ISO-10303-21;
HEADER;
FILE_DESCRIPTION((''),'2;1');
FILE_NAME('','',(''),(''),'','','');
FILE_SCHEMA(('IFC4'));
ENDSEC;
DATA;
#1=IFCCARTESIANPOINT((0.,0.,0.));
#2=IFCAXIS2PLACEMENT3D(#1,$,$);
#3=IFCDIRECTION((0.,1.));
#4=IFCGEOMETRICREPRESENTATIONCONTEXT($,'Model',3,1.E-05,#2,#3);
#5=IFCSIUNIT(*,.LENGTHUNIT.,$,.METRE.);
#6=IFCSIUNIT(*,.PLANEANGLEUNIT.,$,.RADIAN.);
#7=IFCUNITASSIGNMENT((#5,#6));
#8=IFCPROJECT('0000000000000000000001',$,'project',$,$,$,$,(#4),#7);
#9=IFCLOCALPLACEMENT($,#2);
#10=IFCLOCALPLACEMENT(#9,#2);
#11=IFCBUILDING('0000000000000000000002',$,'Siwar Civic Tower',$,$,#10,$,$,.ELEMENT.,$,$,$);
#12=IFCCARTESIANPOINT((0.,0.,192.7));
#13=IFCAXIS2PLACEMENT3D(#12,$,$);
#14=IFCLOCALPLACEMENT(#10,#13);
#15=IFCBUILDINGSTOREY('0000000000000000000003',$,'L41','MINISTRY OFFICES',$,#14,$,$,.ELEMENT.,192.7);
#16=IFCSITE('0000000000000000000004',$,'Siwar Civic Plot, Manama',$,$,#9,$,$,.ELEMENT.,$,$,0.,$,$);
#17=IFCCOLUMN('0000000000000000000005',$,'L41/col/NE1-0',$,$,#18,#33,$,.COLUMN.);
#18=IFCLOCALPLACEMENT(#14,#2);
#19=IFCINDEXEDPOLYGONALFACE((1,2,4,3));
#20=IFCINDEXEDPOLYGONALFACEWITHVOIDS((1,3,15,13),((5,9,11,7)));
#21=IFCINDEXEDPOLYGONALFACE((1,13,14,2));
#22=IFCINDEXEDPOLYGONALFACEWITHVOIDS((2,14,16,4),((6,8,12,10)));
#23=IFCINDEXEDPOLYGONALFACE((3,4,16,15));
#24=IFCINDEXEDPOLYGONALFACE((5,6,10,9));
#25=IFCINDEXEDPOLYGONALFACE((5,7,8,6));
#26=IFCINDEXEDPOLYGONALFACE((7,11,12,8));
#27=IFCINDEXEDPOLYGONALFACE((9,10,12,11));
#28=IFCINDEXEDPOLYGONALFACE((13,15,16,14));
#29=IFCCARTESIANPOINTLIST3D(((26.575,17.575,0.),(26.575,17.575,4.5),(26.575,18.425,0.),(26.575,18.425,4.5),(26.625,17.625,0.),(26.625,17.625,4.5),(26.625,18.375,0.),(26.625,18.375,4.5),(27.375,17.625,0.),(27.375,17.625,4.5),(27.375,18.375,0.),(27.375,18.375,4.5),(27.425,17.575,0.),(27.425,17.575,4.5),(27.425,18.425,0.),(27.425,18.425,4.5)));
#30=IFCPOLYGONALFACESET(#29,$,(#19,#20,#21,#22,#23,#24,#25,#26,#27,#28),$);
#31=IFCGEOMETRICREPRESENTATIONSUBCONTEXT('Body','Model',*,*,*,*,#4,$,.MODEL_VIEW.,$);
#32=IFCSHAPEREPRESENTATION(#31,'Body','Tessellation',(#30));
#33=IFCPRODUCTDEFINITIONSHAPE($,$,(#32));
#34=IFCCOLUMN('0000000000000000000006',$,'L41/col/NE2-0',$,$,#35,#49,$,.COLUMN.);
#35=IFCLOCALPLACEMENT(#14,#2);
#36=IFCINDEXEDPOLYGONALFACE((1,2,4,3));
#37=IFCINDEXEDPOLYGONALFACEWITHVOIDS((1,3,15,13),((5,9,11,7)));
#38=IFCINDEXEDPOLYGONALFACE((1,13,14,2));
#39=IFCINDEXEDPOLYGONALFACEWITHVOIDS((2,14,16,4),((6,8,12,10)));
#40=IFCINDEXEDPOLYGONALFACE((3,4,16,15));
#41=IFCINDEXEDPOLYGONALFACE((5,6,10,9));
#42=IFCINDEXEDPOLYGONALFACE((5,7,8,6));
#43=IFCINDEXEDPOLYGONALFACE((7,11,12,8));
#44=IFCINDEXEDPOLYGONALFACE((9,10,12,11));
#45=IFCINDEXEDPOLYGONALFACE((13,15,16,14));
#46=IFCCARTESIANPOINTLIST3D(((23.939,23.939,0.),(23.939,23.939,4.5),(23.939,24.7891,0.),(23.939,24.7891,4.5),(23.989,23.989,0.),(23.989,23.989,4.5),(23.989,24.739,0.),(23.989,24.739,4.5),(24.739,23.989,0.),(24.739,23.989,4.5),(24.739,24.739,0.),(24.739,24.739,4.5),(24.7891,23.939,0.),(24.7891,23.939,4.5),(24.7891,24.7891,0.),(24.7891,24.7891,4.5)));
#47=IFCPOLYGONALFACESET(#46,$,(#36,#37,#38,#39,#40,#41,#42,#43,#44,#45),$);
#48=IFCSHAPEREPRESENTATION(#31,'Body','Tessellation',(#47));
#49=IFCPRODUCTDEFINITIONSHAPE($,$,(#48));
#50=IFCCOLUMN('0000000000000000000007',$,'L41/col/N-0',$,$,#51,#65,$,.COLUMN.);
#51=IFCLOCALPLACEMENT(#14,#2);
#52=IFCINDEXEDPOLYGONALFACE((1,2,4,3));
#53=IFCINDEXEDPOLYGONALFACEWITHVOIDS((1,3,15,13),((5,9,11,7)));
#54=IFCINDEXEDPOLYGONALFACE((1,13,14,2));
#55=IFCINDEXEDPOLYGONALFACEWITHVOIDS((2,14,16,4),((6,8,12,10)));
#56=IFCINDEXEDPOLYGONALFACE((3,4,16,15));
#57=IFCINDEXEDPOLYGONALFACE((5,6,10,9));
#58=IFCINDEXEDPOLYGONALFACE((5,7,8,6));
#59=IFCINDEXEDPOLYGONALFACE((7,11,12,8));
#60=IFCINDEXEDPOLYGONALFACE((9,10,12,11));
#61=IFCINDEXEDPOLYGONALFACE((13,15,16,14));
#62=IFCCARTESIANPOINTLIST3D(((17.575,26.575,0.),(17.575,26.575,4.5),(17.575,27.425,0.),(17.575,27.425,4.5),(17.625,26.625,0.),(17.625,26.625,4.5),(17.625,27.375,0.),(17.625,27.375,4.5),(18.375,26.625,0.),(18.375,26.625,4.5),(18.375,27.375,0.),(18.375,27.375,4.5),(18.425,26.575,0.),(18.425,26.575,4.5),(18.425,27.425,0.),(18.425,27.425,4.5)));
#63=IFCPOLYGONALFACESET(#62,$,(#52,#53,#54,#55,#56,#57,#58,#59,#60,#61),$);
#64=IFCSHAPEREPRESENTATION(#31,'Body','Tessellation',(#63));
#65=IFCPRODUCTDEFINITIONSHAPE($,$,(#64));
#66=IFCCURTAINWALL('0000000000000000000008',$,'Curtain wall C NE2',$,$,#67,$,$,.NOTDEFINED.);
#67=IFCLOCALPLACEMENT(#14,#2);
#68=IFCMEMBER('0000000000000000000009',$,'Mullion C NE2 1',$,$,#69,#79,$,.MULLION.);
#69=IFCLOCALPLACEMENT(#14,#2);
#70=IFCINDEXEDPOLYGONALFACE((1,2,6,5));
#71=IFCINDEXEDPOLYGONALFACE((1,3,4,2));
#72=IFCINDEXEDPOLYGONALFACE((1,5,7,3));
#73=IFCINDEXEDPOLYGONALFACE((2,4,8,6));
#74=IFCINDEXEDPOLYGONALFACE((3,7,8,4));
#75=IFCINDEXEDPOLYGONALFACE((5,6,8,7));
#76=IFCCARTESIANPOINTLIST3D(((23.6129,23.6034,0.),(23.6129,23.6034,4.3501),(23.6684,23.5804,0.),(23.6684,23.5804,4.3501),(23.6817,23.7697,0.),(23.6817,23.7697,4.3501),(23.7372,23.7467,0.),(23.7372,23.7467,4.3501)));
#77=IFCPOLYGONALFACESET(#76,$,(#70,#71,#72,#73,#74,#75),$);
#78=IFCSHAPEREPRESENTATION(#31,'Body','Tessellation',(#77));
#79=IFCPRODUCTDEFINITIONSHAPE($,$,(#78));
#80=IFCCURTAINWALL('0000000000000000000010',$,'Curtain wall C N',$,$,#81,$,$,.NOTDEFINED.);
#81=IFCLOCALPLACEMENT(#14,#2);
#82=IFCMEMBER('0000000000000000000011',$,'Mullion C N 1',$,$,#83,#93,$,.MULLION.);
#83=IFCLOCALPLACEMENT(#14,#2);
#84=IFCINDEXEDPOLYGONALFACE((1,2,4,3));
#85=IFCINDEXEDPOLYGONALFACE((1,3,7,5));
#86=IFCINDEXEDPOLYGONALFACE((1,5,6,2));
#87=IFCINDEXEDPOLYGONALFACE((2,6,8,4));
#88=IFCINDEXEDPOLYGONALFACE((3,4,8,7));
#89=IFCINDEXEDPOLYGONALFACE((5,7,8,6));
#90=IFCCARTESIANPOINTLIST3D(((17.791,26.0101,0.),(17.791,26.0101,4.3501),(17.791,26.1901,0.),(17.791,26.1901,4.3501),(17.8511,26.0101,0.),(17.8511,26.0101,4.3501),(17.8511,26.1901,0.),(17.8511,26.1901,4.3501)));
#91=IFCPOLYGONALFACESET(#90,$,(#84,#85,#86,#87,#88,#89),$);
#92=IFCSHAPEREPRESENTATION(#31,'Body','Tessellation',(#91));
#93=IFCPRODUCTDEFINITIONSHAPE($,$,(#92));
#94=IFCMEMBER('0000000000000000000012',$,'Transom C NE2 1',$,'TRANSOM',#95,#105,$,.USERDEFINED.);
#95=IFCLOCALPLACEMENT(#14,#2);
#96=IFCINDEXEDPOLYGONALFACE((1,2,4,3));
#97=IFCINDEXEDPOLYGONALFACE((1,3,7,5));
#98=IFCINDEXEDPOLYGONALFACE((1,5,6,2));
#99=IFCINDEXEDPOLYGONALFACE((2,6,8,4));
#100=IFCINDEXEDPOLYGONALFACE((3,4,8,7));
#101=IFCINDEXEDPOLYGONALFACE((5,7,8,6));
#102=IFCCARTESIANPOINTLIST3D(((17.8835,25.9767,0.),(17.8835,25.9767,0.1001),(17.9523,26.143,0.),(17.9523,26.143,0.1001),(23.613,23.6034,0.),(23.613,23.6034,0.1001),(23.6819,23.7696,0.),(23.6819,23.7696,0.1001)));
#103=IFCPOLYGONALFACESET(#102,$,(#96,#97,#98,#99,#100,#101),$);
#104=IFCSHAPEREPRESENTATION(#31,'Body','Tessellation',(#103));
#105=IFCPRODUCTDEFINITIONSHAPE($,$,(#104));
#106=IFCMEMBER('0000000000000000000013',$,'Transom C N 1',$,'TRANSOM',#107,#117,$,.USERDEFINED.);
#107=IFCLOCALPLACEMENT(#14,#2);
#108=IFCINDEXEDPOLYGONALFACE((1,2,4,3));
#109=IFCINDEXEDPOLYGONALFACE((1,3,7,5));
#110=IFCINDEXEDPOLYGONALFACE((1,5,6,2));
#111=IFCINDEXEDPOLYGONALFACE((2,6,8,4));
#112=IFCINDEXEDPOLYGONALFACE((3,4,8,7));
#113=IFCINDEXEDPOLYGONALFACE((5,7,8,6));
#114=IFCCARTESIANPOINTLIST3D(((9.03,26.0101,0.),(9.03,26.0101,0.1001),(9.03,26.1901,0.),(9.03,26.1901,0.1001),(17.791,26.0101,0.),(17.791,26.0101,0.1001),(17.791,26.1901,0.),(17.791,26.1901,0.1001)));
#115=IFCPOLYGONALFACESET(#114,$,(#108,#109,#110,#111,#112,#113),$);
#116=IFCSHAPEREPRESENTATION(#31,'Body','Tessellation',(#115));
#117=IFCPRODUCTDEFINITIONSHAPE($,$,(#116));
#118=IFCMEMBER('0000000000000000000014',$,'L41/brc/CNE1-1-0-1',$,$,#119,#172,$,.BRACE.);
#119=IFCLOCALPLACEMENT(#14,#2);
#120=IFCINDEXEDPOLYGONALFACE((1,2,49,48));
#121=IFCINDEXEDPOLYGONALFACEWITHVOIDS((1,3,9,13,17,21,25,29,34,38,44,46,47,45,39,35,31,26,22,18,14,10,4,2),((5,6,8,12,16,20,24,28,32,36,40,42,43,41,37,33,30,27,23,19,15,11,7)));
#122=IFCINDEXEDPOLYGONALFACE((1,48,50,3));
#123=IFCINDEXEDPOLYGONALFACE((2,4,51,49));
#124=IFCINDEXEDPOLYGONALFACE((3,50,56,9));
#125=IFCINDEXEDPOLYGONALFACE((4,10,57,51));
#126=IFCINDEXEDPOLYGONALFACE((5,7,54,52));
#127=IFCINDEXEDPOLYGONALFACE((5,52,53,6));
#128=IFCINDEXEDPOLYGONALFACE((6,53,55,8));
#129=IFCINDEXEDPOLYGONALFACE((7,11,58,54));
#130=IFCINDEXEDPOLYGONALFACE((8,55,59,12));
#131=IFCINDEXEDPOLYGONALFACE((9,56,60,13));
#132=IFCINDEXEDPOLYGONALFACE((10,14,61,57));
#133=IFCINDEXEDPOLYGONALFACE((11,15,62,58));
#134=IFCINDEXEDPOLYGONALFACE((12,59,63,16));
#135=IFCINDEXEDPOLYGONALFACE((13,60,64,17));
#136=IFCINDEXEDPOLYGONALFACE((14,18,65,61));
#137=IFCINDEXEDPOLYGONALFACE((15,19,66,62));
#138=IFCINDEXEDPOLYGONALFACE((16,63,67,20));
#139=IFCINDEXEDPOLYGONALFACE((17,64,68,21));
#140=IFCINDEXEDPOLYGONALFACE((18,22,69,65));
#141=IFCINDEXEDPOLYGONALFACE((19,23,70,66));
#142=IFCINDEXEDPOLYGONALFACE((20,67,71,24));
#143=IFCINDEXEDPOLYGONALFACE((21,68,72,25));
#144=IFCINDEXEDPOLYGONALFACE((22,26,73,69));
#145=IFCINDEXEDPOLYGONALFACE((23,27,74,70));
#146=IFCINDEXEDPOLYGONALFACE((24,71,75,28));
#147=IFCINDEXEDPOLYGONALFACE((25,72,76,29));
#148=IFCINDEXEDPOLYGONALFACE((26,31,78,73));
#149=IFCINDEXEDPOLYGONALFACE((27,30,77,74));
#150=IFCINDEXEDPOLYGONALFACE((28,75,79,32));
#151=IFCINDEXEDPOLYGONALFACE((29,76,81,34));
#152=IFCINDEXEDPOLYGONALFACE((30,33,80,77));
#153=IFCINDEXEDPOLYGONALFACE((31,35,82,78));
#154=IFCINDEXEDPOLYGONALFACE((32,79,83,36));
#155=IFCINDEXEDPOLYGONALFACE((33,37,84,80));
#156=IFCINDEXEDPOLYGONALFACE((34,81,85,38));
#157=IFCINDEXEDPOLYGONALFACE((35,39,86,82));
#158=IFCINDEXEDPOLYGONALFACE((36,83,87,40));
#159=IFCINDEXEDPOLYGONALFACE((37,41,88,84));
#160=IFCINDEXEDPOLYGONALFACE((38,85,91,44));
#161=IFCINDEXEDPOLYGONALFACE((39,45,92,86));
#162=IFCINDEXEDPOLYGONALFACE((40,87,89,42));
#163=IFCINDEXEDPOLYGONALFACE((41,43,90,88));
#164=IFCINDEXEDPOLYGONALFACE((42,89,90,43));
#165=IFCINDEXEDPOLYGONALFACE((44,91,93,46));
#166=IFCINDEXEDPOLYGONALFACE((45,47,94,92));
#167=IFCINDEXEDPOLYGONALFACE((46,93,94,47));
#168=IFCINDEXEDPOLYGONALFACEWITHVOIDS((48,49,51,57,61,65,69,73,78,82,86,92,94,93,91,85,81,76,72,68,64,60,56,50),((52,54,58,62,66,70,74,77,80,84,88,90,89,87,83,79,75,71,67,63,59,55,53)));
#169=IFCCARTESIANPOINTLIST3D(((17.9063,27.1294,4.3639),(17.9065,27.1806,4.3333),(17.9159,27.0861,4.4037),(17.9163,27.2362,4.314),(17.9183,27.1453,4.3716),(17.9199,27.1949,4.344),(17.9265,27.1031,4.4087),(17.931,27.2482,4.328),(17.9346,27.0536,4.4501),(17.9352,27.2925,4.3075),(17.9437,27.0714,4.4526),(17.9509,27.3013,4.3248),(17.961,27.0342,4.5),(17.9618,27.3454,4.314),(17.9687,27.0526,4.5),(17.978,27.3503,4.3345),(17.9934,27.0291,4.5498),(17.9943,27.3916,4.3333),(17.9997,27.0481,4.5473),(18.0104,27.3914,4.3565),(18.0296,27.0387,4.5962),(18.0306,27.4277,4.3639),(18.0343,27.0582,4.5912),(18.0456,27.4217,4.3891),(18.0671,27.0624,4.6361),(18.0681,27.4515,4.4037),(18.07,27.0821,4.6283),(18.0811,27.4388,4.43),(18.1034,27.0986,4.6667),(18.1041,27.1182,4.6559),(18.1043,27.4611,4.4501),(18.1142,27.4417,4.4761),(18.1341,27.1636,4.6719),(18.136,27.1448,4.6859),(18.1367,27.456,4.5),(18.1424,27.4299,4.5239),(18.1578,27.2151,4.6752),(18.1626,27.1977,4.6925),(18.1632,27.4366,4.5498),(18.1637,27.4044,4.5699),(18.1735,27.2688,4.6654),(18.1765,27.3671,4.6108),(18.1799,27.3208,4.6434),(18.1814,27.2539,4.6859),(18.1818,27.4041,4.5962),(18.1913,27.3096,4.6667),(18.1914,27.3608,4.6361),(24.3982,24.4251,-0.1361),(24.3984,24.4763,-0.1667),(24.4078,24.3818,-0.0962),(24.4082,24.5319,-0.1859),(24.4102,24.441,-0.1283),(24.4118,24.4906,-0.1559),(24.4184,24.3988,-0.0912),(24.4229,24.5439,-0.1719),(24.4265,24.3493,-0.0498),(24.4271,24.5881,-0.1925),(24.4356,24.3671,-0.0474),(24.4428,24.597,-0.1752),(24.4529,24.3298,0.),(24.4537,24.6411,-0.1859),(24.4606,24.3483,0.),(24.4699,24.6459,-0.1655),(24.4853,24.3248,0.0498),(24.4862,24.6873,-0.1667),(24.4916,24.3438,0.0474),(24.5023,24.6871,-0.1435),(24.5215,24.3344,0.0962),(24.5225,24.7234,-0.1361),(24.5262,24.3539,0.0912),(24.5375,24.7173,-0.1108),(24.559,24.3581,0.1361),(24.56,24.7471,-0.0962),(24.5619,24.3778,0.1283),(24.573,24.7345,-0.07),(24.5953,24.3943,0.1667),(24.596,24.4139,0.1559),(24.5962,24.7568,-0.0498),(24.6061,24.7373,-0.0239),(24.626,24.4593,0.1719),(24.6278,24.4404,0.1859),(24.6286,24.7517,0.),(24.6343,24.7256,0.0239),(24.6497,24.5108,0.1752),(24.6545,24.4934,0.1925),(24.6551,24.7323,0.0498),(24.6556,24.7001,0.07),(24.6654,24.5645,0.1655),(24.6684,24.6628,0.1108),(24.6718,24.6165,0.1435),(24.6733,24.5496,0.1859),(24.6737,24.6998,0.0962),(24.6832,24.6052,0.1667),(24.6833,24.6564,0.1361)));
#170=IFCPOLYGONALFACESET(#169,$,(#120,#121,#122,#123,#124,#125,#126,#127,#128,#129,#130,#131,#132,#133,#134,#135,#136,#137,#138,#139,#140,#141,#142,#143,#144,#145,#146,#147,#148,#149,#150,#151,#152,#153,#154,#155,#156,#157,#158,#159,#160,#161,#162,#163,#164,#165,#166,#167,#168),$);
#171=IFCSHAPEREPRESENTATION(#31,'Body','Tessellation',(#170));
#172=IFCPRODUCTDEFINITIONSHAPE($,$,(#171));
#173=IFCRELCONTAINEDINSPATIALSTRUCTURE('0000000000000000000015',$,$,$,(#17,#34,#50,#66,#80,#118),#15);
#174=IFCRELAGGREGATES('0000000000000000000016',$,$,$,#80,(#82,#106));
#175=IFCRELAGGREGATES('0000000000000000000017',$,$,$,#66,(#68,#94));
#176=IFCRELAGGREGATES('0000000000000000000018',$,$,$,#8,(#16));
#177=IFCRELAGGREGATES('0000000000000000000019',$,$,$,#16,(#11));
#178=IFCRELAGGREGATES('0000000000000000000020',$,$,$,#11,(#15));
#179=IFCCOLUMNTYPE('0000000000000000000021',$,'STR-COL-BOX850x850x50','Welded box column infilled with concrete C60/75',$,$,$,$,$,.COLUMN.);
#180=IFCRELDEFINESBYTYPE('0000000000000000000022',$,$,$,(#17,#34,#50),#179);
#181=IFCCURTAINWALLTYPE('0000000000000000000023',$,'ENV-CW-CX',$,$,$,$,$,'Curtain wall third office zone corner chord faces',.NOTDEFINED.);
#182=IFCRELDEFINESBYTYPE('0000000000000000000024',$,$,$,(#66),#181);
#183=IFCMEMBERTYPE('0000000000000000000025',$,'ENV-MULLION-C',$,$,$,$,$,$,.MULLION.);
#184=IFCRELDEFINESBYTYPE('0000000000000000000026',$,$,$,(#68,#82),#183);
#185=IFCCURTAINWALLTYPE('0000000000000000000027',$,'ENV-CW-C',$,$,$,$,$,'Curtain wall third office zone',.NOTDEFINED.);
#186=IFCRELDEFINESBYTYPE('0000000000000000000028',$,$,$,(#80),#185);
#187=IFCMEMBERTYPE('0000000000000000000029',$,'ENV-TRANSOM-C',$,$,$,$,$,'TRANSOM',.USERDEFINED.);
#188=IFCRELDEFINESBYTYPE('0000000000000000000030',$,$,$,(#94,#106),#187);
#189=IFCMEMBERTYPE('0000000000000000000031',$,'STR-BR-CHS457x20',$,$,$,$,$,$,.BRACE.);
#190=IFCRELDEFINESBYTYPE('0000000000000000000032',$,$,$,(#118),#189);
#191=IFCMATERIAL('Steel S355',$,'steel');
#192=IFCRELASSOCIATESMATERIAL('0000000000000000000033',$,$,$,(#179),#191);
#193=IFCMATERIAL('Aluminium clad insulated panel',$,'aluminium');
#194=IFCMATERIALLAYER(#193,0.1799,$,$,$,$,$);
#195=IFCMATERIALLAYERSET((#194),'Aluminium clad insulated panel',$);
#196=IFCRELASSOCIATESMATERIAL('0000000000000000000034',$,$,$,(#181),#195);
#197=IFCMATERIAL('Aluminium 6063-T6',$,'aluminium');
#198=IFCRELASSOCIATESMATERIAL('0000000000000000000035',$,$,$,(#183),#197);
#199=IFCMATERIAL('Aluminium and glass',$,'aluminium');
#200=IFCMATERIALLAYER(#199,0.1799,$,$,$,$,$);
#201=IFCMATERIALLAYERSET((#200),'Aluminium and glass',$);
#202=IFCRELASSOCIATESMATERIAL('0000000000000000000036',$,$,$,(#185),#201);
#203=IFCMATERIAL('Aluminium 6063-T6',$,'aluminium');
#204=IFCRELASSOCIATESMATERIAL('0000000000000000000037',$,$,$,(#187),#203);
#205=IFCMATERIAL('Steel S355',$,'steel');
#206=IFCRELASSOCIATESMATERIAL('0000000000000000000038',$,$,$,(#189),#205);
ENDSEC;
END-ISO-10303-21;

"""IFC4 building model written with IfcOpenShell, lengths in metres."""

from ifc_helpers import new_model, si_unit, direction, frame, origin, origin_2d, place, context, subcontext, project, spatial, rectangle, hollow_rectangle, hollow_circle, extrude, material, layer, layer_set, material_profile, profile_set, type_object, element, aggregate, save


model = new_model("IFC4")

# Units and contexts
model_context = context("Model", 3, precision=1e-05, world=origin(), true_north=direction((0.0, 1.0)))
body_context = subcontext(model_context, "Body", "Model", "MODEL_VIEW")
ifc_project = project(units=[si_unit("LENGTHUNIT", "METRE"), si_unit("PLANEANGLEUNIT", "RADIAN")], contexts=[model_context])

# Site, building, storey
site_placement = place(None, origin())
site = spatial("IfcSite", under=ifc_project, at=site_placement, Name="Siwar Civic Plot, Manama", CompositionType="ELEMENT", RefElevation=0.0)
building_placement = place(site_placement, origin())
building = spatial("IfcBuilding", under=site, at=building_placement, Name="Siwar Civic Tower", CompositionType="ELEMENT")
storey_placement = place(building_placement, frame((0.0, 0.0, 192.7)))
storey = spatial("IfcBuildingStorey", under=building, at=storey_placement, Name="L41", Description="MINISTRY OFFICES", CompositionType="ELEMENT", Elevation=192.7)

# Columns
ifc_material_1 = material(Name="Steel S355", Category="steel")
ifc_material_profile_1 = material_profile(ifc_material_1, hollow_rectangle(XDim=0.8501, YDim=0.8501, WallThickness=0.05, at=origin_2d()), Name="BOX850x850x50")
ifc_profile_set_1 = profile_set([ifc_material_profile_1], Name="Steel S355")
column_type = type_object("IfcColumnType", Name="STR-COL-BOX850x850x50", Description="Welded box column infilled with concrete C60/75", PredefinedType="COLUMN", material=ifc_profile_set_1)
for number, where, z_axis, x_axis, name in (
    (1, (27.0, 18.0, 0.0), (0.0, 0.0, 1.0), (1.0, 0.0, 0.0), "L41/col/NE1-0"),
    (2, (24.364, 24.364, 0.0), (0.0, 0.0, 1.0), (1.0, 0.0, 0.0), "L41/col/NE2-0"),
    (3, (18.0, 27.0, 0.0), (0.0, 0.0, 1.0), (1.0, 0.0, 0.0), "L41/col/N-0"),
):
    element("IfcColumn", number, at=place(storey_placement, frame(where, z_axis=z_axis, x_axis=x_axis)), inside=storey, type_object=column_type, Name=name, PredefinedType="COLUMN", context=body_context, shape_type="SweptSolid", body=[
        extrude(hollow_rectangle(XDim=0.8501, YDim=0.8501, WallThickness=0.05, at=origin_2d()), origin(), (0.0, 0.0, 1.0), 4.5),
    ])

# Curtain walls, members
ifc_material_2 = material(Name="Aluminium clad insulated panel", Category="aluminium")
ifc_layer_1 = layer(ifc_material_2, 0.1799)
ifc_layer_set_1 = layer_set([ifc_layer_1], Name="Aluminium clad insulated panel")
curtain_wall_type_1 = type_object("IfcCurtainWallType", Name="ENV-CW-CX", ElementType="Curtain wall third office zone corner chord faces", PredefinedType="NOTDEFINED", material=ifc_layer_set_1)
curtain_wall_1_placement = place(storey_placement, origin())
curtain_wall_1 = element("IfcCurtainWall", 4, at=curtain_wall_1_placement, inside=storey, type_object=curtain_wall_type_1, Name="Curtain wall C NE2", PredefinedType="NOTDEFINED")
ifc_material_3 = material(Name="Aluminium 6063-T6", Category="aluminium")
ifc_material_profile_2 = material_profile(ifc_material_3, rectangle(XDim=0.1799, YDim=0.0601, at=origin_2d()), Name="AL 180x60")
ifc_profile_set_2 = profile_set([ifc_material_profile_2], Name="Aluminium 6063-T6")
member_type_1 = type_object("IfcMemberType", Name="ENV-MULLION-C", PredefinedType="MULLION", material=ifc_profile_set_2)
member_1_placement = place(storey_placement, frame((23.675, 23.675, 0.0), z_axis=(0.0, 0.0, 1.0), x_axis=(-0.382683, -0.92388, 0.0)))
member_1 = element("IfcMember", 5, at=member_1_placement, type_object=member_type_1, Name="Mullion C NE2 1", PredefinedType="MULLION", context=body_context, shape_type="SweptSolid", body=[
    extrude(rectangle(XDim=0.1799, YDim=0.0601, at=origin_2d()), origin(), (0.0, 0.0, 1.0), 4.3501),
])
ifc_material_4 = material(Name="Aluminium and glass", Category="aluminium")
ifc_layer_2 = layer(ifc_material_4, 0.1799)
ifc_layer_set_2 = layer_set([ifc_layer_2], Name="Aluminium and glass")
curtain_wall_type_2 = type_object("IfcCurtainWallType", Name="ENV-CW-C", ElementType="Curtain wall third office zone", PredefinedType="NOTDEFINED", material=ifc_layer_set_2)
curtain_wall_2_placement = place(storey_placement, origin())
curtain_wall_2 = element("IfcCurtainWall", 6, at=curtain_wall_2_placement, inside=storey, type_object=curtain_wall_type_2, Name="Curtain wall C N", PredefinedType="NOTDEFINED")
member_2_placement = place(storey_placement, frame((17.821, 26.1001, 0.0), z_axis=(0.0, 0.0, 1.0), x_axis=(0.0, -1.0, 0.0)))
member_2 = element("IfcMember", 7, at=member_2_placement, type_object=member_type_1, Name="Mullion C N 1", PredefinedType="MULLION", context=body_context, shape_type="SweptSolid", body=[
    extrude(rectangle(XDim=0.1799, YDim=0.0601, at=origin_2d()), origin(), (0.0, 0.0, 1.0), 4.3501),
])

# Members
ifc_material_5 = material(Name="Aluminium 6063-T6", Category="aluminium")
ifc_material_profile_3 = material_profile(ifc_material_5, rectangle(XDim=0.1799, YDim=0.1001, at=origin_2d()), Name="AL 180x100")
ifc_profile_set_3 = profile_set([ifc_material_profile_3], Name="Aluminium 6063-T6")
member_type_2 = type_object("IfcMemberType", Name="ENV-TRANSOM-C", ElementType="TRANSOM", PredefinedType="USERDEFINED", material=ifc_profile_set_3)
member_3_placement = place(storey_placement, frame((23.6475, 23.6865, 0.05), z_axis=(-0.923876, 0.382691, 0.0), x_axis=(-0.382691, -0.923876, 0.0)))
member_3 = element("IfcMember", 8, at=member_3_placement, type_object=member_type_2, Name="Transom C NE2 1", ObjectType="TRANSOM", PredefinedType="USERDEFINED", context=body_context, shape_type="SweptSolid", body=[
    extrude(rectangle(XDim=0.1799, YDim=0.1001, at=origin_2d()), origin(), (0.0, 0.0, 1.0), 6.2017),
])
member_4_placement = place(storey_placement, frame((17.791, 26.1001, 0.05), z_axis=(-1.0, 0.0, 0.0), x_axis=(0.0, -1.0, 0.0)))
member_4 = element("IfcMember", 9, at=member_4_placement, type_object=member_type_2, Name="Transom C N 1", ObjectType="TRANSOM", PredefinedType="USERDEFINED", context=body_context, shape_type="SweptSolid", body=[
    extrude(rectangle(XDim=0.1799, YDim=0.1001, at=origin_2d()), origin(), (0.0, 0.0, 1.0), 8.761),
])
aggregate(curtain_wall_2, [member_2, member_4])

# Member
ifc_material_6 = material(Name="Steel S355", Category="steel")
ifc_material_profile_4 = material_profile(ifc_material_6, hollow_circle(Radius=0.2285, WallThickness=0.02, at=origin_2d()), Name="CHS457x20")
ifc_profile_set_4 = profile_set([ifc_material_profile_4], Name="Steel S355")
member_type_3 = type_object("IfcMemberType", Name="STR-BR-CHS457x20", PredefinedType="BRACE", material=ifc_profile_set_4)
member_5_placement = place(storey_placement, frame((24.5408, 24.5408, 0.0), z_axis=(-0.777555, 0.323906, 0.538975), x_axis=(-0.384539, -0.923109, 0.0)))
element("IfcMember", 10, at=member_5_placement, inside=storey, type_object=member_type_3, Name="L41/brc/CNE1-1-0-1", PredefinedType="BRACE", context=body_context, shape_type="SweptSolid", body=[
    extrude(hollow_circle(Radius=0.2285, WallThickness=0.02, at=origin_2d()), origin(), (0.0, 0.0, 1.0), 8.3491),
])

aggregate(curtain_wall_1, [member_1, member_3])

save(model, "model.ifc")
